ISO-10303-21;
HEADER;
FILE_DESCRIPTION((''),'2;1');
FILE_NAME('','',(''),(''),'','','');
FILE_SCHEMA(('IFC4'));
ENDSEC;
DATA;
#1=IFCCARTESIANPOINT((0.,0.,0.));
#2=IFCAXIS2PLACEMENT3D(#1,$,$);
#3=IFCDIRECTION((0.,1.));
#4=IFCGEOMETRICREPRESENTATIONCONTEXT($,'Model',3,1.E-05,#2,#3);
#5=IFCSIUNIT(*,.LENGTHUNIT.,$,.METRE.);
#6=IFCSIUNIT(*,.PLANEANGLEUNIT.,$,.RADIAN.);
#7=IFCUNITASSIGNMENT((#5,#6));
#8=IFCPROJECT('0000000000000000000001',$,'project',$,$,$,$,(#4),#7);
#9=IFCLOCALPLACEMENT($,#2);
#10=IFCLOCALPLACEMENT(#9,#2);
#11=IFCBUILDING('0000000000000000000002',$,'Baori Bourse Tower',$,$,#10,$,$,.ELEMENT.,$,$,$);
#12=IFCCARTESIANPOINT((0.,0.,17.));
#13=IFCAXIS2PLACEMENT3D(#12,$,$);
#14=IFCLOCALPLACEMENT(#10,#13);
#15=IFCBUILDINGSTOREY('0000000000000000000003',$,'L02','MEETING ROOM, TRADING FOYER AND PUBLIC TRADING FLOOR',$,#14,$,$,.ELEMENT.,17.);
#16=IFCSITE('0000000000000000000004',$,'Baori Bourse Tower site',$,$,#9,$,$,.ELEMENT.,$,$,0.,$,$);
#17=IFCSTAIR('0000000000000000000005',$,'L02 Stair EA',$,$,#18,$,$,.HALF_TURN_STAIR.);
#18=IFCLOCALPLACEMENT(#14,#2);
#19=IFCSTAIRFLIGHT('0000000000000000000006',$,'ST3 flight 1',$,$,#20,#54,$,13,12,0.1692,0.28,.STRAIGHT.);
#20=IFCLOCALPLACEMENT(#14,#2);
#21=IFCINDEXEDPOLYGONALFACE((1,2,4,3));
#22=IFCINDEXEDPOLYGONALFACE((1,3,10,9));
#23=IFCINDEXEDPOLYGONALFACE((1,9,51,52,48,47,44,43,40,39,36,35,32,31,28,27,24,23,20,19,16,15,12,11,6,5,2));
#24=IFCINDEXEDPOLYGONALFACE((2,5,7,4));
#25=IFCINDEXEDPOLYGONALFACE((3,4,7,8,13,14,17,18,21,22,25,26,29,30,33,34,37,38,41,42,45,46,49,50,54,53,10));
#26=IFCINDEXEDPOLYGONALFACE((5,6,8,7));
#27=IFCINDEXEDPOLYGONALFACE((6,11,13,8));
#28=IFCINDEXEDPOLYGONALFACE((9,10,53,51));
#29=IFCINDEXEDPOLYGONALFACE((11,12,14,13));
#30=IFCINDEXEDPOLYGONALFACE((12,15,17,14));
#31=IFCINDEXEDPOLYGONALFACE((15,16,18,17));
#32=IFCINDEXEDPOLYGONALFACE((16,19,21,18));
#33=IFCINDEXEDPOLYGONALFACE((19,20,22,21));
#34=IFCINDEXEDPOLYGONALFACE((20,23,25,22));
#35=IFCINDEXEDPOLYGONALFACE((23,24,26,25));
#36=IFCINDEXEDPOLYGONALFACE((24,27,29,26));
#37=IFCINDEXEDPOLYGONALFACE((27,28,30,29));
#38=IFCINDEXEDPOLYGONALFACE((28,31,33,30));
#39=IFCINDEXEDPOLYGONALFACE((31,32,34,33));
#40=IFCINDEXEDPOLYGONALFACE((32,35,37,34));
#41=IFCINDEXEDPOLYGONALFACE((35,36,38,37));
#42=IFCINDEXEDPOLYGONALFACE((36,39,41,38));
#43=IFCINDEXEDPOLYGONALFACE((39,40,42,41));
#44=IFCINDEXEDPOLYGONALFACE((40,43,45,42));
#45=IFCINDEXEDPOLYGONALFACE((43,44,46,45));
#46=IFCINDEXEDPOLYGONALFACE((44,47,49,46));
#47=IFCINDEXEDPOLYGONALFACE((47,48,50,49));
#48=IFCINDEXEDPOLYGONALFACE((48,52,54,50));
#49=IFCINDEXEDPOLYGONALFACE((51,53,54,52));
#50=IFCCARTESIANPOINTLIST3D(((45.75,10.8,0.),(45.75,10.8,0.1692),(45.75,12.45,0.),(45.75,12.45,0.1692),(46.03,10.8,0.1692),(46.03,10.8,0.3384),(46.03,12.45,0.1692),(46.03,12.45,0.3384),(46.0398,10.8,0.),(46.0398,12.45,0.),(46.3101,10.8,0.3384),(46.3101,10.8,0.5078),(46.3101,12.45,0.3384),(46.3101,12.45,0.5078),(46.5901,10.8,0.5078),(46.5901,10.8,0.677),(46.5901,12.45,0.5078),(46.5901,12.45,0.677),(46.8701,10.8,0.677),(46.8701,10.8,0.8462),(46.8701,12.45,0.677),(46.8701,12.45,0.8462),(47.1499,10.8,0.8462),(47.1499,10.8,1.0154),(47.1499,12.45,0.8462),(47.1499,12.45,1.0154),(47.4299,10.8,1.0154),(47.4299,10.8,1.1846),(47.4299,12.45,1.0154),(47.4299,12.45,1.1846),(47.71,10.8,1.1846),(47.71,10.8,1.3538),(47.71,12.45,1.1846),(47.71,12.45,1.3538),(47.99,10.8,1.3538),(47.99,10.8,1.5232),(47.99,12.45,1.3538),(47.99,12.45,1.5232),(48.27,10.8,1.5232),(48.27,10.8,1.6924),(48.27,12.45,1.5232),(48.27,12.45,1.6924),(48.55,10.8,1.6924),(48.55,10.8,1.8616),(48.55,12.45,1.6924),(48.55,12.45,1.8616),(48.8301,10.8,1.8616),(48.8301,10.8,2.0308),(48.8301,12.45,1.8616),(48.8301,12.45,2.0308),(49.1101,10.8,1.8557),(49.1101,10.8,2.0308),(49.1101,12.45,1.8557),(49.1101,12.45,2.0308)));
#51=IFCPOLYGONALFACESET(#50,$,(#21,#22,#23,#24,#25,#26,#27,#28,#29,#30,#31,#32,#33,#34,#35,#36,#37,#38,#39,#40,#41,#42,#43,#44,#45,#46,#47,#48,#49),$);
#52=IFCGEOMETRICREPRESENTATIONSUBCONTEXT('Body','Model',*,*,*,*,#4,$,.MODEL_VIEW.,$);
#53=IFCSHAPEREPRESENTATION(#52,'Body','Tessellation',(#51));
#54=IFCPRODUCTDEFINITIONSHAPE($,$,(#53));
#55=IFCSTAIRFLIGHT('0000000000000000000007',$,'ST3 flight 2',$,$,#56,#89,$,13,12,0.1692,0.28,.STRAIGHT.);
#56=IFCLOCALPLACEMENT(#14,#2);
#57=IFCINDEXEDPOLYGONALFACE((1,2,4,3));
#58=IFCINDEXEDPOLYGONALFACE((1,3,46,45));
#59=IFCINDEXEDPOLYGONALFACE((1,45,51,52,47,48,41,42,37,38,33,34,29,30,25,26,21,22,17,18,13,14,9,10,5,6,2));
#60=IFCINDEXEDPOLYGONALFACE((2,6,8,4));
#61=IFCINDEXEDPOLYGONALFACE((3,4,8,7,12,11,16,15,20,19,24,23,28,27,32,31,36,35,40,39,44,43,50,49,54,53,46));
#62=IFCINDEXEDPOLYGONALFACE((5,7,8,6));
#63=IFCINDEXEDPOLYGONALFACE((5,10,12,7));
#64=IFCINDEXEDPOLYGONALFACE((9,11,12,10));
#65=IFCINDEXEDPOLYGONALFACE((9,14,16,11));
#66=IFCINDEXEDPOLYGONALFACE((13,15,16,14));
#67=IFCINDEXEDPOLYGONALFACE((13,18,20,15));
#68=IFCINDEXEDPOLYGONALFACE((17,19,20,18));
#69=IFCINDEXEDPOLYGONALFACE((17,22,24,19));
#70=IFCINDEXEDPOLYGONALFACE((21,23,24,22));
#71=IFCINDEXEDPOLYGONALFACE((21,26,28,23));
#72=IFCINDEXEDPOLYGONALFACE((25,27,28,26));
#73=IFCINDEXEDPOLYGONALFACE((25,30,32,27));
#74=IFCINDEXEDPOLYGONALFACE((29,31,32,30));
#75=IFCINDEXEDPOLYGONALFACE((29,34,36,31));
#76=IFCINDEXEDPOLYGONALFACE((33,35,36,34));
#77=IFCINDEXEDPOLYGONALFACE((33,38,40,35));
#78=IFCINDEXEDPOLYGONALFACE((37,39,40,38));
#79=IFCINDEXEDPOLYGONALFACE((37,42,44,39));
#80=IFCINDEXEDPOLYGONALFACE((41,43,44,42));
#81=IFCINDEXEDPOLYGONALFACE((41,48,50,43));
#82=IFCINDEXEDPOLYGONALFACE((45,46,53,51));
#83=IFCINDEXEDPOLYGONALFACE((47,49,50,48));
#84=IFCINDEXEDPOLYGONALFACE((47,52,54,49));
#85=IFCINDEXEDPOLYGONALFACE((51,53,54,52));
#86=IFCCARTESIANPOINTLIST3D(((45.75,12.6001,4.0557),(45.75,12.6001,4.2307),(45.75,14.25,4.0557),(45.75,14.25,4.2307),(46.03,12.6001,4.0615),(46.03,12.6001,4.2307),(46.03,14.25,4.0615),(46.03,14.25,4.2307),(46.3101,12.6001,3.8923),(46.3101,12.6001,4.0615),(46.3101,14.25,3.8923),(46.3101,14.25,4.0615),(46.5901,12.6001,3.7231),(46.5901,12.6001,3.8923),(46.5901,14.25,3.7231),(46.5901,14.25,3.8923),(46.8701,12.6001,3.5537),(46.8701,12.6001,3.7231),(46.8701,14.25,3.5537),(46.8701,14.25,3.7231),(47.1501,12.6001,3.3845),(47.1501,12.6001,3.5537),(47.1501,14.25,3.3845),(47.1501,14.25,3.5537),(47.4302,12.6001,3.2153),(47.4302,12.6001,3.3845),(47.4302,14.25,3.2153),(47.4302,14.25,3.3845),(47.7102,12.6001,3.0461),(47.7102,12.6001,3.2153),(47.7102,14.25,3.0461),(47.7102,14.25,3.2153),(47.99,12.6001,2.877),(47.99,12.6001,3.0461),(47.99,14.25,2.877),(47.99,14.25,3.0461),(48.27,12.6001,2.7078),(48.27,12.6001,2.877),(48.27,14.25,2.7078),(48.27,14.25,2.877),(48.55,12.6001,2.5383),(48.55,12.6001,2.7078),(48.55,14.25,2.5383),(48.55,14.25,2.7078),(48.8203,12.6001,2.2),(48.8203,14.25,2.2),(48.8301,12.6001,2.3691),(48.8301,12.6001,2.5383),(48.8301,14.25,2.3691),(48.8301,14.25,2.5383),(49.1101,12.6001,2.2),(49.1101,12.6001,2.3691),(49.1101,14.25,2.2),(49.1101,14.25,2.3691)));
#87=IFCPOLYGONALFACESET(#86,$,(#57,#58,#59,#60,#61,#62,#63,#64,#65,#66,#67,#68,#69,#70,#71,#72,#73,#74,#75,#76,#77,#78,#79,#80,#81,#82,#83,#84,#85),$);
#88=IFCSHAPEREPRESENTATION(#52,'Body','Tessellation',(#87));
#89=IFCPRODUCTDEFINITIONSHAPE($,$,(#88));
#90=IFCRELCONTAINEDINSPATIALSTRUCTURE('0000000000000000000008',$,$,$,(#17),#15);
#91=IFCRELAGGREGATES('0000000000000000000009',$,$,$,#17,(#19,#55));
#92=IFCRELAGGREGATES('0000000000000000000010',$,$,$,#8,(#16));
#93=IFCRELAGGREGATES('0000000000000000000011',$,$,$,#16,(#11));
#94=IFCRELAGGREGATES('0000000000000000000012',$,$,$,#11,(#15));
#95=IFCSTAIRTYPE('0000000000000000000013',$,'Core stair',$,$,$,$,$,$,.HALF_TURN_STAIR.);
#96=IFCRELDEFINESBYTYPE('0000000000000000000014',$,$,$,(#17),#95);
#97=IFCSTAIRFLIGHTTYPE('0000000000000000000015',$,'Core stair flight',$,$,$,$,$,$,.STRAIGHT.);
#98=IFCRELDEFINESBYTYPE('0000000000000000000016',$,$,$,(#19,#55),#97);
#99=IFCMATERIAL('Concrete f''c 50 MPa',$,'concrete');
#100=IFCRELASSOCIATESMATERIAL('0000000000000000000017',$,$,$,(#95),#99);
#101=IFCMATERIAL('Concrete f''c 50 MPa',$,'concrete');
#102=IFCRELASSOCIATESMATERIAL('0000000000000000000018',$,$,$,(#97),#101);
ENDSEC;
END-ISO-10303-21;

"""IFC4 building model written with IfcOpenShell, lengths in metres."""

from ifc_helpers import new_model, si_unit, direction, frame, origin, place, context, subcontext, project, spatial, polyline, outline, extrude, material, type_object, element, aggregate, save


model = new_model("IFC4")

# Units and contexts
model_context = context("Model", 3, precision=1e-05, world=origin(), true_north=direction((0.0, 1.0)))
body_context = subcontext(model_context, "Body", "Model", "MODEL_VIEW")
ifc_project = project(units=[si_unit("LENGTHUNIT", "METRE"), si_unit("PLANEANGLEUNIT", "RADIAN")], contexts=[model_context])

# Site, building, storey
site_placement = place(None, origin())
site = spatial("IfcSite", under=ifc_project, at=site_placement, Name="Baori Bourse Tower site", CompositionType="ELEMENT", RefElevation=0.0)
building_placement = place(site_placement, origin())
building = spatial("IfcBuilding", under=site, at=building_placement, Name="Baori Bourse Tower", CompositionType="ELEMENT")
storey_placement = place(building_placement, frame((0.0, 0.0, 17.0)))
storey = spatial("IfcBuildingStorey", under=building, at=storey_placement, Name="L02", Description="MEETING ROOM, TRADING FOYER AND PUBLIC TRADING FLOOR", CompositionType="ELEMENT", Elevation=17.0)

# Stair, stair flights
ifc_material_1 = material(Name="Concrete f'c 50 MPa", Category="concrete")
stair_type = type_object("IfcStairType", Name="Core stair", PredefinedType="HALF_TURN_STAIR", material=ifc_material_1)
stair_placement = place(storey_placement, origin())
stair = element("IfcStair", 1, at=stair_placement, inside=storey, type_object=stair_type, Name="L02 Stair EA", PredefinedType="HALF_TURN_STAIR")
ifc_material_2 = material(Name="Concrete f'c 50 MPa", Category="concrete")
stair_flight_type = type_object("IfcStairFlightType", Name="Core stair flight", PredefinedType="STRAIGHT", material=ifc_material_2)
stair_flight_1_placement = place(storey_placement, frame((45.75, 11.625, 0.0), z_axis=(0.0, 0.0, 1.0), x_axis=(1.0, 0.0, 0.0)))
stair_flight_1 = element("IfcStairFlight", 2, at=stair_flight_1_placement, type_object=stair_flight_type, Name="ST3 flight 1", NumberOfRisers=13, NumberOfTreads=12, PredefinedType="STRAIGHT", RiserHeight=0.1692, TreadLength=0.28, context=body_context, shape_type="SweptSolid", body=[
    extrude(outline(polyline([(0.0, 0.0), (0.0, 0.1692), (0.28, 0.1692), (0.28, 0.3384), (0.5601, 0.3384), (0.5601, 0.5078), (0.8401, 0.5078), (0.8401, 0.677), (1.1201, 0.677), (1.1201, 0.8462), (1.3999, 0.8462), (1.3999, 1.0154), (1.6799, 1.0154), (1.6799, 1.1846), (1.96, 1.1846), (1.96, 1.3538), (2.24, 1.3538), (2.24, 1.5232), (2.52, 1.5232), (2.52, 1.6924), (2.8, 1.6924), (2.8, 1.8616), (3.0801, 1.8616), (3.0801, 2.0308), (3.3601, 2.0308), (3.3601, 2.2), (3.3601, 1.8557), (0.2898, 0.0), (0.0, 0.0)])), frame((0.0, 0.825, 0.0), z_axis=(0.0, -1.0, 0.0), x_axis=(1.0, 0.0, 0.0)), (0.0, 0.0, 1.0), 1.6499),
])
stair_flight_2_placement = place(storey_placement, frame((49.1101, 13.425, 2.2), z_axis=(0.0, 0.0, 1.0), x_axis=(-1.0, 0.0, 0.0)))
stair_flight_2 = element("IfcStairFlight", 3, at=stair_flight_2_placement, type_object=stair_flight_type, Name="ST3 flight 2", NumberOfRisers=13, NumberOfTreads=12, PredefinedType="STRAIGHT", RiserHeight=0.1692, TreadLength=0.28, context=body_context, shape_type="SweptSolid", body=[
    extrude(outline(polyline([(0.0, 0.0), (0.0, 0.1692), (0.28, 0.1692), (0.28, 0.3384), (0.5601, 0.3384), (0.5601, 0.5078), (0.8401, 0.5078), (0.8401, 0.677), (1.1201, 0.677), (1.1201, 0.8462), (1.3999, 0.8462), (1.3999, 1.0154), (1.6799, 1.0154), (1.6799, 1.1846), (1.96, 1.1846), (1.96, 1.3538), (2.24, 1.3538), (2.24, 1.5232), (2.52, 1.5232), (2.52, 1.6924), (2.8, 1.6924), (2.8, 1.8616), (3.0801, 1.8616), (3.0801, 2.0308), (3.3601, 2.0308), (3.3601, 2.2), (3.3601, 1.8557), (0.2898, 0.0), (0.0, 0.0)])), frame((0.0, 0.825, 0.0), z_axis=(0.0, -1.0, 0.0), x_axis=(1.0, 0.0, 0.0)), (0.0, 0.0, 1.0), 1.6499),
])
aggregate(stair, [stair_flight_1, stair_flight_2])

save(model, "model.ifc")
